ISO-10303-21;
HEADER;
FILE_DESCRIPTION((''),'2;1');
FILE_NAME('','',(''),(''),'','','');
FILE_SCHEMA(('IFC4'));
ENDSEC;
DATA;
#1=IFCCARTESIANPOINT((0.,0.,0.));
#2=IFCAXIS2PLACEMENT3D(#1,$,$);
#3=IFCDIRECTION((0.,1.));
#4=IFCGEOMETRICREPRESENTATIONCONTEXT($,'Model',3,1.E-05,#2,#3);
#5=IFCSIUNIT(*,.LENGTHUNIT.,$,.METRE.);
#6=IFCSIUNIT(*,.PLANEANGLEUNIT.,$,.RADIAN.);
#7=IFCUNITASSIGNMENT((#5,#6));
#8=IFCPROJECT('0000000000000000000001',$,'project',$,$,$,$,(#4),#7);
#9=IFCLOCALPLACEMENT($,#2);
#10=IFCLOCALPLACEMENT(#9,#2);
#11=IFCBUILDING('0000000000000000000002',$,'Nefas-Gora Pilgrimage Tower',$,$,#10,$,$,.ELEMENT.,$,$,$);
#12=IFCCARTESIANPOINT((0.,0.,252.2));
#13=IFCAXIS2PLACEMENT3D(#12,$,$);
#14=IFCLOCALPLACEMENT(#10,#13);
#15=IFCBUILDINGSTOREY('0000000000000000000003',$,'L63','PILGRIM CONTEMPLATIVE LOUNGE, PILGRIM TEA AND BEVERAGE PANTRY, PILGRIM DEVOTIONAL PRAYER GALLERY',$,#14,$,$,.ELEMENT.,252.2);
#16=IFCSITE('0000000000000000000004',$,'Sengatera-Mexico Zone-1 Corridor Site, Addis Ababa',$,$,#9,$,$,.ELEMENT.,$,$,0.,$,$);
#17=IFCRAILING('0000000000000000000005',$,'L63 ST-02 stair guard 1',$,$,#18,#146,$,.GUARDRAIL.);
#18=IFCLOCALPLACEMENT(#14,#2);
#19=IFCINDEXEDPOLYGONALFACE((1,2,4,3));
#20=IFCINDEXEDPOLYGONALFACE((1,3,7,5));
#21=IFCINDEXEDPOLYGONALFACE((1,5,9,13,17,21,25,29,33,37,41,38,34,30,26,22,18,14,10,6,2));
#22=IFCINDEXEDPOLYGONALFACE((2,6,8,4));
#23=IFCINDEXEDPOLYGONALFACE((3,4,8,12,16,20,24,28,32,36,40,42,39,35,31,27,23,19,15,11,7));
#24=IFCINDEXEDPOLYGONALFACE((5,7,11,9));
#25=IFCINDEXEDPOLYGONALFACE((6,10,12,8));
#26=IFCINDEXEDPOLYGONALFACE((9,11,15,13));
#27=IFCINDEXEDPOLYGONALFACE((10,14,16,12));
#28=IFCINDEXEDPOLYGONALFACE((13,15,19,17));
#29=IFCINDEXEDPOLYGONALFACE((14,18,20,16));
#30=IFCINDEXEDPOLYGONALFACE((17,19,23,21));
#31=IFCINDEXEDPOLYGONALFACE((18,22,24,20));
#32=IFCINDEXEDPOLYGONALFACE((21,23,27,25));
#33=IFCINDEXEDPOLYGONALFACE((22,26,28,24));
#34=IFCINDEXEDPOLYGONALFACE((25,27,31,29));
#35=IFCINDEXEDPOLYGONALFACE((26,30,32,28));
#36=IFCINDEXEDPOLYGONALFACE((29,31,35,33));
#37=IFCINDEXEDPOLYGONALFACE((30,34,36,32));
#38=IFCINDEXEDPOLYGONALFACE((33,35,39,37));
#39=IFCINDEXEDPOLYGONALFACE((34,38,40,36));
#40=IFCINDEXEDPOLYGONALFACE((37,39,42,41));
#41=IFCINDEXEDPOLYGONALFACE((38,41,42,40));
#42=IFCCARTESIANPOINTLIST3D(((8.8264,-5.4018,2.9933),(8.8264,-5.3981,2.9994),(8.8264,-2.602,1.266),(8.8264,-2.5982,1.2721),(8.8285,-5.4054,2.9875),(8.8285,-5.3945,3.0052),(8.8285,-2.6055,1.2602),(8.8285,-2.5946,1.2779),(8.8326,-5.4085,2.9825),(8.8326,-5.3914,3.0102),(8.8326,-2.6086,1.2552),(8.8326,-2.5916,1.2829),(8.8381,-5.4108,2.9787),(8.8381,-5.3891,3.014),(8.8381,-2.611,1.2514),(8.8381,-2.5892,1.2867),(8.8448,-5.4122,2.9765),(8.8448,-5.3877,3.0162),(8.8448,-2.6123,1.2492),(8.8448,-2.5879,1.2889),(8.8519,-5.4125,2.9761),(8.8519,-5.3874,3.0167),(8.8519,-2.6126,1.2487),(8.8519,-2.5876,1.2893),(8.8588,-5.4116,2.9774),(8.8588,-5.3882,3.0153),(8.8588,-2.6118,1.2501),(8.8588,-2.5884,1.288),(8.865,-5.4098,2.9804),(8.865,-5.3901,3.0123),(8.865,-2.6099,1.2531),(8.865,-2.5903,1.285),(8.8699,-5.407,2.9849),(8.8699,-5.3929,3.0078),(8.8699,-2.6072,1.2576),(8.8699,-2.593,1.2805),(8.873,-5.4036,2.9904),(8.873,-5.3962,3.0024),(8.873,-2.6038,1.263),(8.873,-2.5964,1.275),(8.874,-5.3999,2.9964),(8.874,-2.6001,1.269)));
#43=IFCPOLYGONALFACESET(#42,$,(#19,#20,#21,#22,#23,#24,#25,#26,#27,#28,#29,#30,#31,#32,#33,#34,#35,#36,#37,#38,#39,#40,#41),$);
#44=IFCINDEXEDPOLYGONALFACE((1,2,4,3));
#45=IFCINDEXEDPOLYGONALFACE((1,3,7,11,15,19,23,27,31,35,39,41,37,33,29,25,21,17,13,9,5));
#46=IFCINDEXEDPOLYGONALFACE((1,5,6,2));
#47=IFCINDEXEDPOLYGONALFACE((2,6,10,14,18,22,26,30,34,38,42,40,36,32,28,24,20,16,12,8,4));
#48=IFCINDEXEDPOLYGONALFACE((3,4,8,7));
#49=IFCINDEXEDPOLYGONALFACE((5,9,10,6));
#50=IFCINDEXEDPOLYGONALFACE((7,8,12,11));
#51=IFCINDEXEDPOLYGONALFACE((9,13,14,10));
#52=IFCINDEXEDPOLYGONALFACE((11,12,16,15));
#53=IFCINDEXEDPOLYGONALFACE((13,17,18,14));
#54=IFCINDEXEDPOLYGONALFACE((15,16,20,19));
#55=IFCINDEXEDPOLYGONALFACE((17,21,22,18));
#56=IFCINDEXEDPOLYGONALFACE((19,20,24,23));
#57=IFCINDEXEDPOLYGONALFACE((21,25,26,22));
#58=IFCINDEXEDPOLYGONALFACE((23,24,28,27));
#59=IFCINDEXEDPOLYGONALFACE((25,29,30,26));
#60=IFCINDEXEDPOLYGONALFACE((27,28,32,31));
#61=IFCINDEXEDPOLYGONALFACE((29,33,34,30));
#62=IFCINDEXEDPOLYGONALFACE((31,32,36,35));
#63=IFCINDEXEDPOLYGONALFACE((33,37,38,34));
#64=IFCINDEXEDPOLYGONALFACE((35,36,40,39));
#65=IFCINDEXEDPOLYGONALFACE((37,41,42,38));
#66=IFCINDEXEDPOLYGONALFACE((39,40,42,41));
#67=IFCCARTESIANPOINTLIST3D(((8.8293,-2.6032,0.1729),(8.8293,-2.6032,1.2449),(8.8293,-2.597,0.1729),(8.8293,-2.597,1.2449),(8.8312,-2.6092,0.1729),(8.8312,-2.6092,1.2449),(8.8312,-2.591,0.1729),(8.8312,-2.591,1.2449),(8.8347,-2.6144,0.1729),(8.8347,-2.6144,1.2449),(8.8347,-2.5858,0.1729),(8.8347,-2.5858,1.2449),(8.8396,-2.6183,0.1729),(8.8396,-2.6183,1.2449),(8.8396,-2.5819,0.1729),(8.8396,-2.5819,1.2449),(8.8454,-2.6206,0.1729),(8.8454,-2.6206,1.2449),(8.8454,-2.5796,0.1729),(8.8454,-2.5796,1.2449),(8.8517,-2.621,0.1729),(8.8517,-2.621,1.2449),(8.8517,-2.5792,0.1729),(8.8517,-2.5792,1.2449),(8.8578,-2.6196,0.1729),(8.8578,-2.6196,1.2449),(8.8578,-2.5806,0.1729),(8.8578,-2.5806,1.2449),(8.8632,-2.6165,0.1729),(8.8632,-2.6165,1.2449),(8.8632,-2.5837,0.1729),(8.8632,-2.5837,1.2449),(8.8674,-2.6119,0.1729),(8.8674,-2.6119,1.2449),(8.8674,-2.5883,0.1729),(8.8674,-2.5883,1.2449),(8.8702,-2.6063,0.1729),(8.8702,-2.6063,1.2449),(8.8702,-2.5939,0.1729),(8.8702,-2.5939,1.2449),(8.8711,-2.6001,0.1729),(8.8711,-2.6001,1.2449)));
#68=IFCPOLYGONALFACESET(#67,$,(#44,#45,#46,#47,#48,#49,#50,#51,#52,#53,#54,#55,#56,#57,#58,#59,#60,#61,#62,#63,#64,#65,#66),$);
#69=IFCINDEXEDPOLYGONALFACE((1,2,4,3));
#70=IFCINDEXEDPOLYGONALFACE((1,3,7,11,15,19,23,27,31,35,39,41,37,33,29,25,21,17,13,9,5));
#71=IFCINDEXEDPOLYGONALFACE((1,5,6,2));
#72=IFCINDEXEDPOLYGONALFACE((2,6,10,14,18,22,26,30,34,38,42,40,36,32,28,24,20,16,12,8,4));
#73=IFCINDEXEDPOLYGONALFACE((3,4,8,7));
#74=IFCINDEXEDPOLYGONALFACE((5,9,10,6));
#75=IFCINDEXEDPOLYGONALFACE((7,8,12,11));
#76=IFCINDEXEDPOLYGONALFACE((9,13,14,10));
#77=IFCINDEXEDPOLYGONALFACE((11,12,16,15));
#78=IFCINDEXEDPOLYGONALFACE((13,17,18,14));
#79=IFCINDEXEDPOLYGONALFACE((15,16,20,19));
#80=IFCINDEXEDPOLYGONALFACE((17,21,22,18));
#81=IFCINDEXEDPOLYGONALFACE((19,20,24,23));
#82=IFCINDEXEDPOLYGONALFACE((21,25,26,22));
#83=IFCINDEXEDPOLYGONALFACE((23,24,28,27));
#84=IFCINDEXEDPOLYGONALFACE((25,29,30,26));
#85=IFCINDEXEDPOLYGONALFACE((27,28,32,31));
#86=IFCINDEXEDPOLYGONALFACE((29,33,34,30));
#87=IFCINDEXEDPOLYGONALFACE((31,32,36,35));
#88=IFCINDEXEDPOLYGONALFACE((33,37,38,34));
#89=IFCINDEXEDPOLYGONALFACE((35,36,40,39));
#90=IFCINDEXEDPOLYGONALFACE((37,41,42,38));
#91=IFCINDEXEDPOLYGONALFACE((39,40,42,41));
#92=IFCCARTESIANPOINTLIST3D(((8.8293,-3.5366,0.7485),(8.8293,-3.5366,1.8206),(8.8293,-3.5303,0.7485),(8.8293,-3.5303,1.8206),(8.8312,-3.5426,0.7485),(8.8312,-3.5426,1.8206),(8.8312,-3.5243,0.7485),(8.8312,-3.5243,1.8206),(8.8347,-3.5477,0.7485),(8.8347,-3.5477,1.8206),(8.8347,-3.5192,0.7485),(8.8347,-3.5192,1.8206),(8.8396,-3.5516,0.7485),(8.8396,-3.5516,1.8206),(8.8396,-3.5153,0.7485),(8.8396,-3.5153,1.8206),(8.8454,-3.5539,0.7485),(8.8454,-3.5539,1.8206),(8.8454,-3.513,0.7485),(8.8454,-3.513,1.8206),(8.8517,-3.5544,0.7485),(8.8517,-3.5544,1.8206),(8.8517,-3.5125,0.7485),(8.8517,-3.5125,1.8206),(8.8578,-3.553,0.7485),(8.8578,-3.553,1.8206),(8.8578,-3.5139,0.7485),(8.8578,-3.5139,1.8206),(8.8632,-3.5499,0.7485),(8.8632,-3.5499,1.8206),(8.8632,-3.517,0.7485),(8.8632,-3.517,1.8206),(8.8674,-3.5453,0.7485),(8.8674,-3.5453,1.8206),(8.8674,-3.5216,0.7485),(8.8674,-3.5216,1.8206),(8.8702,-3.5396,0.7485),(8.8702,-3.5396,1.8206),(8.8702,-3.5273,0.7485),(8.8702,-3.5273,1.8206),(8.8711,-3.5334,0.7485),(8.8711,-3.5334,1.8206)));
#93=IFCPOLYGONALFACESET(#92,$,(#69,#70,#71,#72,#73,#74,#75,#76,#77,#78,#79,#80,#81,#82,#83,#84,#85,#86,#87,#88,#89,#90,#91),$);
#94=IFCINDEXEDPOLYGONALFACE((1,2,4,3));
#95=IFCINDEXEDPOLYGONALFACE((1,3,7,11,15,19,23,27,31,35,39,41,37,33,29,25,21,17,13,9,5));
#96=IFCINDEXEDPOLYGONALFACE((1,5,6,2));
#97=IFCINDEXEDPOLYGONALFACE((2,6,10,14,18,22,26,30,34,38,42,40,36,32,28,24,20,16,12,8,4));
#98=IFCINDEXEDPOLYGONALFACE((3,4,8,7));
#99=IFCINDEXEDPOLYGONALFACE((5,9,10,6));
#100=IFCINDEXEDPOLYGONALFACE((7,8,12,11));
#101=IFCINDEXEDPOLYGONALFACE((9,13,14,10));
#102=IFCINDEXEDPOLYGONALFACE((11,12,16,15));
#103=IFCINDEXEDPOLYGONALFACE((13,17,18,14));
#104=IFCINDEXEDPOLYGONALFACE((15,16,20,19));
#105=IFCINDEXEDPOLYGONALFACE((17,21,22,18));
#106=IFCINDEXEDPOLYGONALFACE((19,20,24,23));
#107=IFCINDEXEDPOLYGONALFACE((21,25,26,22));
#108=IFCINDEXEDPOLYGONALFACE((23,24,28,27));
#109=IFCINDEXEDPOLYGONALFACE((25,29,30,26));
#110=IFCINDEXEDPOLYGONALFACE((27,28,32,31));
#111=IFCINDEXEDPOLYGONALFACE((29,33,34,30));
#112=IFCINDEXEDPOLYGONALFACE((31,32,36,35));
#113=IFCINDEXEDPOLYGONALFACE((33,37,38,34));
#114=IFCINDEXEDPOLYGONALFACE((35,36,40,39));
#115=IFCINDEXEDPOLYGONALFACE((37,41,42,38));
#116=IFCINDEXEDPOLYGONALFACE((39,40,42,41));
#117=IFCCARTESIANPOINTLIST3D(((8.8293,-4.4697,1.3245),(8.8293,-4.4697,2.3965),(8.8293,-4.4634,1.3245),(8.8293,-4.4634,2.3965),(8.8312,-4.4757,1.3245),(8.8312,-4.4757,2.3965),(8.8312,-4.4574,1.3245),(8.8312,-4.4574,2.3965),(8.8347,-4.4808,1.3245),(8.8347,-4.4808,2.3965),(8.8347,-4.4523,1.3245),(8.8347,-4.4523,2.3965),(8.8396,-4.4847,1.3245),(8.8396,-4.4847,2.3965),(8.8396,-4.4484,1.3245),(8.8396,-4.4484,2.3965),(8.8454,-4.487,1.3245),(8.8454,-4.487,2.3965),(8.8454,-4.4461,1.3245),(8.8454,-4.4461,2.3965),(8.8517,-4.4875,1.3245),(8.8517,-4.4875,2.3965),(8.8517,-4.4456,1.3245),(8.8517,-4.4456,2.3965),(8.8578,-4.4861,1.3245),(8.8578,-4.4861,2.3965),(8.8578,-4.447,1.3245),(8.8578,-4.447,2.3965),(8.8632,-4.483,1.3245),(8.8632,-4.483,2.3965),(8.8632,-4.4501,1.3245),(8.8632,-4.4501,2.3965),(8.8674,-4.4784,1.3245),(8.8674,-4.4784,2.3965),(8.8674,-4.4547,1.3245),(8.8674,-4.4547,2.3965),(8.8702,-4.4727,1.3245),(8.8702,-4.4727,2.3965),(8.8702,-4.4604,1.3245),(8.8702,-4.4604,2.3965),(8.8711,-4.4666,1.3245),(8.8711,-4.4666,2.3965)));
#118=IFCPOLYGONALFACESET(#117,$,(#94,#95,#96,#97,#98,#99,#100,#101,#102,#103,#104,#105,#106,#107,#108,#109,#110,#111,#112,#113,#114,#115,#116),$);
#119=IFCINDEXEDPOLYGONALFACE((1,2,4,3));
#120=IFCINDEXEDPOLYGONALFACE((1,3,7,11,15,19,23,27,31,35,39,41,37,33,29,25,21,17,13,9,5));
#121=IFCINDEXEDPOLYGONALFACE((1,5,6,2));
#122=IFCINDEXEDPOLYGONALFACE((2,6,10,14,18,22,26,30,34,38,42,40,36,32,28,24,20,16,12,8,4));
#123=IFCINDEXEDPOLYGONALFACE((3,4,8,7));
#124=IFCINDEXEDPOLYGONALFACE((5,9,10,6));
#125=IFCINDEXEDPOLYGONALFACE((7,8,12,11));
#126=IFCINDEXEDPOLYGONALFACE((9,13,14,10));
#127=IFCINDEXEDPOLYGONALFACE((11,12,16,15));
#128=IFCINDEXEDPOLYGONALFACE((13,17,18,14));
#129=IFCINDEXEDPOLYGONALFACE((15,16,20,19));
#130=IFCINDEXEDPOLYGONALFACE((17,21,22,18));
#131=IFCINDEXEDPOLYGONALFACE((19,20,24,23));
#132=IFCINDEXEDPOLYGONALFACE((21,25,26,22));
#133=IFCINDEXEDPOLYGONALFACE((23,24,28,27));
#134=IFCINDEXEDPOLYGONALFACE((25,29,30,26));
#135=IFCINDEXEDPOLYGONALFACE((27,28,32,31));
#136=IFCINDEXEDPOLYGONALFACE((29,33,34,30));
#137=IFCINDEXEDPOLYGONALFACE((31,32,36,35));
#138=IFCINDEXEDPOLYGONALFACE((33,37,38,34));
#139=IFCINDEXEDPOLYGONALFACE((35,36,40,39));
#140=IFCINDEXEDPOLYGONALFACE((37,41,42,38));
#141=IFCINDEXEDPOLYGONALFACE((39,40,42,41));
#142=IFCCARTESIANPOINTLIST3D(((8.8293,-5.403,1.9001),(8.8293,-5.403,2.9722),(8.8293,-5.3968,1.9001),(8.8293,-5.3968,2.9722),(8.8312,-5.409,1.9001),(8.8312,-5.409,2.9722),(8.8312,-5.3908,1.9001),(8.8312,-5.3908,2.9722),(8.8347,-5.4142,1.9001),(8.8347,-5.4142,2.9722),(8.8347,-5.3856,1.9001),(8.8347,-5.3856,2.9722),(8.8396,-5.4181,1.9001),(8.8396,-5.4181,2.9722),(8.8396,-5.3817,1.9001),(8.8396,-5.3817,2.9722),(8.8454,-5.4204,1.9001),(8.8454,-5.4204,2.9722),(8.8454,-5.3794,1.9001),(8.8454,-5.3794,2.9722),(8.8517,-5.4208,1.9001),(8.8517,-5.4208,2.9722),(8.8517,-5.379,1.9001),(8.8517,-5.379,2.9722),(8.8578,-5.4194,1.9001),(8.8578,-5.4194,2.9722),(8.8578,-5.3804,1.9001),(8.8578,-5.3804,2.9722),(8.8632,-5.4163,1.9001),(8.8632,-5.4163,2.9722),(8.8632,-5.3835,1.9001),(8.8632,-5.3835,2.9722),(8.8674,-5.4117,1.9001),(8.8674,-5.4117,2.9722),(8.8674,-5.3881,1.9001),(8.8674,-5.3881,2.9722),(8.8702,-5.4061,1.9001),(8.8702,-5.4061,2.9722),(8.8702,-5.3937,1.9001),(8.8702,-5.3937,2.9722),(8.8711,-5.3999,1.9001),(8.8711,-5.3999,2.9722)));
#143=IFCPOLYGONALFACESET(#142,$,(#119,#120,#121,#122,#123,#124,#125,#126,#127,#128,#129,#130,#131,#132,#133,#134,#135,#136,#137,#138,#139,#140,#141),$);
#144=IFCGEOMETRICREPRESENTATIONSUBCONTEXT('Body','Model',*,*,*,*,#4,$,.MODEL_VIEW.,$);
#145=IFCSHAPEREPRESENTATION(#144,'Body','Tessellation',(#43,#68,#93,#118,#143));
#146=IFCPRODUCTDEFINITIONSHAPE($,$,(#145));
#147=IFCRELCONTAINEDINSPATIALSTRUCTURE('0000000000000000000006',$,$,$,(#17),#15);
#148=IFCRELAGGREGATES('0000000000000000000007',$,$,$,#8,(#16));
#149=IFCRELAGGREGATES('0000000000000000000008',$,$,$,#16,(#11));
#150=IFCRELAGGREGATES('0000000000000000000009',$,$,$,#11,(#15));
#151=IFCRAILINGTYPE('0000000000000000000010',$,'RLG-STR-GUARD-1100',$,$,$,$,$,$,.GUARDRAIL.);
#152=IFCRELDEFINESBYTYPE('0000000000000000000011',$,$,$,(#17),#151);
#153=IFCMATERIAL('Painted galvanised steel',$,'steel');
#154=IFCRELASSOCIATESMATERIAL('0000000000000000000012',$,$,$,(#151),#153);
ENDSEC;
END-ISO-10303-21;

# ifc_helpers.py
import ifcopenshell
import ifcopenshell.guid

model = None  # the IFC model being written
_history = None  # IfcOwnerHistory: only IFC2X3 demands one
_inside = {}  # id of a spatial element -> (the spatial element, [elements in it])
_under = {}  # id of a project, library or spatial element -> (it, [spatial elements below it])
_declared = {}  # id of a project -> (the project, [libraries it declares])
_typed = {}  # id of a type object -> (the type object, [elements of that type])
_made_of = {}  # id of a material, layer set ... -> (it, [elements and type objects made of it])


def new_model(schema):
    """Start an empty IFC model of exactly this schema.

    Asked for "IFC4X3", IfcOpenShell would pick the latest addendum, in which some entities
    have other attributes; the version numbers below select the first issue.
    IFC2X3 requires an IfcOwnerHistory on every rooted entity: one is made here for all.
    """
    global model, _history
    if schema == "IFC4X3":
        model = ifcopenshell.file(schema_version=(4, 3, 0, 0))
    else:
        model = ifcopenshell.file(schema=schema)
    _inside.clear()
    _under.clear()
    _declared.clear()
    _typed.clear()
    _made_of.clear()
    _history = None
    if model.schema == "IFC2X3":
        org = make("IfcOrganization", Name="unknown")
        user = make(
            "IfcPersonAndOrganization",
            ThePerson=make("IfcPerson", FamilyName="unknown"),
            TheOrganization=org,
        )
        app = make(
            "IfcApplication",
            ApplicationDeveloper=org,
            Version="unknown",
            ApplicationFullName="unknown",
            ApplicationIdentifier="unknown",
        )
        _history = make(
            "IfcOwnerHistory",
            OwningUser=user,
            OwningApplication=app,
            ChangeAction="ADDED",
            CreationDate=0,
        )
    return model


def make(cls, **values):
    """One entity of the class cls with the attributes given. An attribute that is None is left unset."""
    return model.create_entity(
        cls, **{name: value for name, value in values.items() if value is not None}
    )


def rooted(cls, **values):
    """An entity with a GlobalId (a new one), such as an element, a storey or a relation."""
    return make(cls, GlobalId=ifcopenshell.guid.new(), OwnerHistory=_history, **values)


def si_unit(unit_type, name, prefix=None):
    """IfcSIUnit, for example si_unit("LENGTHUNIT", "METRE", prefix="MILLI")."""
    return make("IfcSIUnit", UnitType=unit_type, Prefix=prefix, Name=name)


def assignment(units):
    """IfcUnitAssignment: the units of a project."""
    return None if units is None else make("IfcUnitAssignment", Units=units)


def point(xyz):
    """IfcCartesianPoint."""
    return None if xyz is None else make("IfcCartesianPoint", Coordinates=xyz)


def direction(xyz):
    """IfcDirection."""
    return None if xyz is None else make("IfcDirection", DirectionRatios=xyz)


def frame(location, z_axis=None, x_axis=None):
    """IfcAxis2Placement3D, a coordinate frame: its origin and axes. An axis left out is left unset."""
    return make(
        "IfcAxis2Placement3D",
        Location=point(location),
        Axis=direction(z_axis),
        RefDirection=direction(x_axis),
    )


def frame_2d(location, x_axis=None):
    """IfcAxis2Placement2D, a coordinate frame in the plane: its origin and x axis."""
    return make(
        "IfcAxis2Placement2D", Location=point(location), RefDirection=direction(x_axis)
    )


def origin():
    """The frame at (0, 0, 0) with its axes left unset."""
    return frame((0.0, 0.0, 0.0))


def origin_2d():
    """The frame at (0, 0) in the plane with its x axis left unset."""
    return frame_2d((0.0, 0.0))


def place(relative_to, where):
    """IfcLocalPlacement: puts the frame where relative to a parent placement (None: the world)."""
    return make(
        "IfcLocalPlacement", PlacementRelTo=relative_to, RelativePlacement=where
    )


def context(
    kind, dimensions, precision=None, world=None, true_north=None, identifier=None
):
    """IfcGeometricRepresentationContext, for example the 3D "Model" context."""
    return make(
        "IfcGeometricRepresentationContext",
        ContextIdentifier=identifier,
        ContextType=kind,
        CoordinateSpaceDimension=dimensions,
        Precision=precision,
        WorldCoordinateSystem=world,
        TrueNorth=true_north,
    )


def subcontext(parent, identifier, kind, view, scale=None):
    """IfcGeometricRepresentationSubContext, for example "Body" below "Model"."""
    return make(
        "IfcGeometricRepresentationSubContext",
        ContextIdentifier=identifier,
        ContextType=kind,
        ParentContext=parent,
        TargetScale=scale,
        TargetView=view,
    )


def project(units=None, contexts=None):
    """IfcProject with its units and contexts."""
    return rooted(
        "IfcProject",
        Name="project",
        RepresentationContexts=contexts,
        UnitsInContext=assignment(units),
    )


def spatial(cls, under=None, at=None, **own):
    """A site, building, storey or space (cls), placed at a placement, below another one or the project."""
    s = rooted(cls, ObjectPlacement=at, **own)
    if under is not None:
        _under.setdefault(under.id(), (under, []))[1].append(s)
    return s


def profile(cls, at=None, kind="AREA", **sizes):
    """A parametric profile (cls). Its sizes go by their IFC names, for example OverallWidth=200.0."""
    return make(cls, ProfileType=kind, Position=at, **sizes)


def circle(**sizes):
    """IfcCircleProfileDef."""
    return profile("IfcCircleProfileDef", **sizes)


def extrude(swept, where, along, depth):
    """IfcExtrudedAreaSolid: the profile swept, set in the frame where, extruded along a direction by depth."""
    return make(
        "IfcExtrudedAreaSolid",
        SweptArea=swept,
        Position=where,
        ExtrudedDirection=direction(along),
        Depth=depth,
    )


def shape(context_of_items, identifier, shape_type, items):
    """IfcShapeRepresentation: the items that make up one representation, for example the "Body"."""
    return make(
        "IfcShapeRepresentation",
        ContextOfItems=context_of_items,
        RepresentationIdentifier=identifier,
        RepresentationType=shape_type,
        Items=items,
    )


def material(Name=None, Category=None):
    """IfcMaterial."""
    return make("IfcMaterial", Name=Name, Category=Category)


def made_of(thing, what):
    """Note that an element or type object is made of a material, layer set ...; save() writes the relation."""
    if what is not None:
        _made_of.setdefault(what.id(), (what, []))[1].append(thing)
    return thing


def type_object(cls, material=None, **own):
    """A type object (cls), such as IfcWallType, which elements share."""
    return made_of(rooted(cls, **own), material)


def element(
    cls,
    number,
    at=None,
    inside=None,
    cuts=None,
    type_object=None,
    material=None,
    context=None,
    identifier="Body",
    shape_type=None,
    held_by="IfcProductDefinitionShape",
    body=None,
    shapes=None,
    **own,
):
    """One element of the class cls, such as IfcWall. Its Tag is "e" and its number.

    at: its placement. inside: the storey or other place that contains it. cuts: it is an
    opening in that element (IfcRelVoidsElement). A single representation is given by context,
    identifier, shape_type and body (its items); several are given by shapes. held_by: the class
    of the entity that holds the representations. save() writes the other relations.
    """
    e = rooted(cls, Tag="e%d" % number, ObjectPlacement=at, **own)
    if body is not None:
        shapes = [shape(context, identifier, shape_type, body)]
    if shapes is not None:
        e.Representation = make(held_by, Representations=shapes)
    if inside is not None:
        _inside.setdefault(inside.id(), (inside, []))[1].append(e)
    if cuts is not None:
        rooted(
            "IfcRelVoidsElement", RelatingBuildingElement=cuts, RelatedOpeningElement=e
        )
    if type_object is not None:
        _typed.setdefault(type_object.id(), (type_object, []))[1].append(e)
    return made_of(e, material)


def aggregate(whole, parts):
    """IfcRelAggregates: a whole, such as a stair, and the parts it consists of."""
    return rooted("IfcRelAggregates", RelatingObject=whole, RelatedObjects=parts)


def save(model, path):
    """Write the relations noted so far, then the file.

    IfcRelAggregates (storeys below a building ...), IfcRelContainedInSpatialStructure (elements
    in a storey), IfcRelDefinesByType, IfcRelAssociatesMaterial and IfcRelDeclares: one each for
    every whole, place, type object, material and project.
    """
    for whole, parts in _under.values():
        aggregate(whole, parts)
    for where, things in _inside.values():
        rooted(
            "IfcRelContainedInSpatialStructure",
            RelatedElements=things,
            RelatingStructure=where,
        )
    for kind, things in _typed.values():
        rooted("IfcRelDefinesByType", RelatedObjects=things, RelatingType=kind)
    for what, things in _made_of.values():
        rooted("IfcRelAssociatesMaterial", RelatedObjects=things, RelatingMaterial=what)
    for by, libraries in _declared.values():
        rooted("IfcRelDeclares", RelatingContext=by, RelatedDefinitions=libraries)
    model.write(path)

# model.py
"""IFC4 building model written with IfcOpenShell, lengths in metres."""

from ifc_helpers import new_model, si_unit, direction, frame, origin, origin_2d, place, context, subcontext, project, spatial, circle, extrude, material, type_object, element, save


model = new_model("IFC4")

# Units and contexts
model_context = context("Model", 3, precision=1e-05, world=origin(), true_north=direction((0.0, 1.0)))
body_context = subcontext(model_context, "Body", "Model", "MODEL_VIEW")
ifc_project = project(units=[si_unit("LENGTHUNIT", "METRE"), si_unit("PLANEANGLEUNIT", "RADIAN")], contexts=[model_context])

# Site, building, storey
site_placement = place(None, origin())
site = spatial("IfcSite", under=ifc_project, at=site_placement, Name="Sengatera-Mexico Zone-1 Corridor Site, Addis Ababa", CompositionType="ELEMENT", RefElevation=0.0)
building_placement = place(site_placement, origin())
building = spatial("IfcBuilding", under=site, at=building_placement, Name="Nefas-Gora Pilgrimage Tower", CompositionType="ELEMENT")
storey_placement = place(building_placement, frame((0.0, 0.0, 252.2)))
storey = spatial("IfcBuildingStorey", under=building, at=storey_placement, Name="L63", Description="PILGRIM CONTEMPLATIVE LOUNGE, PILGRIM TEA AND BEVERAGE PANTRY, PILGRIM DEVOTIONAL PRAYER GALLERY", CompositionType="ELEMENT", Elevation=252.2)

# Railing
ifc_material_1 = material(Name="Painted galvanised steel", Category="steel")
railing_type_1 = type_object("IfcRailingType", Name="RLG-STR-GUARD-1100", PredefinedType="GUARDRAIL", material=ifc_material_1)
railing_1_placement = place(storey_placement, frame((8.8501, -2.6001, 0.1729)))
element("IfcRailing", 1, at=railing_1_placement, inside=storey, type_object=railing_type_1, Name="L63 ST-02 stair guard 1", PredefinedType="GUARDRAIL", context=body_context, shape_type="SweptSolid", body=[
    extrude(circle(Radius=0.0239, at=origin_2d()), frame((0.0, 0.0, 1.0962), z_axis=(0.0, -0.851069, 0.525054), x_axis=(1.0, 0.0, 0.0)), (0.0, 0.0, 1.0), 3.2898),
    extrude(circle(Radius=0.021, at=origin_2d()), origin(), (0.0, 0.0, 1.0), 1.072),
    extrude(circle(Radius=0.021, at=origin_2d()), frame((0.0, -0.9333, 0.5757)), (0.0, 0.0, 1.0), 1.072),
    extrude(circle(Radius=0.021, at=origin_2d()), frame((0.0, -1.8665, 1.1516)), (0.0, 0.0, 1.0), 1.072),
    extrude(circle(Radius=0.021, at=origin_2d()), frame((0.0, -2.7998, 1.7273)), (0.0, 0.0, 1.0), 1.072),
])

save(model, "model.ifc")
